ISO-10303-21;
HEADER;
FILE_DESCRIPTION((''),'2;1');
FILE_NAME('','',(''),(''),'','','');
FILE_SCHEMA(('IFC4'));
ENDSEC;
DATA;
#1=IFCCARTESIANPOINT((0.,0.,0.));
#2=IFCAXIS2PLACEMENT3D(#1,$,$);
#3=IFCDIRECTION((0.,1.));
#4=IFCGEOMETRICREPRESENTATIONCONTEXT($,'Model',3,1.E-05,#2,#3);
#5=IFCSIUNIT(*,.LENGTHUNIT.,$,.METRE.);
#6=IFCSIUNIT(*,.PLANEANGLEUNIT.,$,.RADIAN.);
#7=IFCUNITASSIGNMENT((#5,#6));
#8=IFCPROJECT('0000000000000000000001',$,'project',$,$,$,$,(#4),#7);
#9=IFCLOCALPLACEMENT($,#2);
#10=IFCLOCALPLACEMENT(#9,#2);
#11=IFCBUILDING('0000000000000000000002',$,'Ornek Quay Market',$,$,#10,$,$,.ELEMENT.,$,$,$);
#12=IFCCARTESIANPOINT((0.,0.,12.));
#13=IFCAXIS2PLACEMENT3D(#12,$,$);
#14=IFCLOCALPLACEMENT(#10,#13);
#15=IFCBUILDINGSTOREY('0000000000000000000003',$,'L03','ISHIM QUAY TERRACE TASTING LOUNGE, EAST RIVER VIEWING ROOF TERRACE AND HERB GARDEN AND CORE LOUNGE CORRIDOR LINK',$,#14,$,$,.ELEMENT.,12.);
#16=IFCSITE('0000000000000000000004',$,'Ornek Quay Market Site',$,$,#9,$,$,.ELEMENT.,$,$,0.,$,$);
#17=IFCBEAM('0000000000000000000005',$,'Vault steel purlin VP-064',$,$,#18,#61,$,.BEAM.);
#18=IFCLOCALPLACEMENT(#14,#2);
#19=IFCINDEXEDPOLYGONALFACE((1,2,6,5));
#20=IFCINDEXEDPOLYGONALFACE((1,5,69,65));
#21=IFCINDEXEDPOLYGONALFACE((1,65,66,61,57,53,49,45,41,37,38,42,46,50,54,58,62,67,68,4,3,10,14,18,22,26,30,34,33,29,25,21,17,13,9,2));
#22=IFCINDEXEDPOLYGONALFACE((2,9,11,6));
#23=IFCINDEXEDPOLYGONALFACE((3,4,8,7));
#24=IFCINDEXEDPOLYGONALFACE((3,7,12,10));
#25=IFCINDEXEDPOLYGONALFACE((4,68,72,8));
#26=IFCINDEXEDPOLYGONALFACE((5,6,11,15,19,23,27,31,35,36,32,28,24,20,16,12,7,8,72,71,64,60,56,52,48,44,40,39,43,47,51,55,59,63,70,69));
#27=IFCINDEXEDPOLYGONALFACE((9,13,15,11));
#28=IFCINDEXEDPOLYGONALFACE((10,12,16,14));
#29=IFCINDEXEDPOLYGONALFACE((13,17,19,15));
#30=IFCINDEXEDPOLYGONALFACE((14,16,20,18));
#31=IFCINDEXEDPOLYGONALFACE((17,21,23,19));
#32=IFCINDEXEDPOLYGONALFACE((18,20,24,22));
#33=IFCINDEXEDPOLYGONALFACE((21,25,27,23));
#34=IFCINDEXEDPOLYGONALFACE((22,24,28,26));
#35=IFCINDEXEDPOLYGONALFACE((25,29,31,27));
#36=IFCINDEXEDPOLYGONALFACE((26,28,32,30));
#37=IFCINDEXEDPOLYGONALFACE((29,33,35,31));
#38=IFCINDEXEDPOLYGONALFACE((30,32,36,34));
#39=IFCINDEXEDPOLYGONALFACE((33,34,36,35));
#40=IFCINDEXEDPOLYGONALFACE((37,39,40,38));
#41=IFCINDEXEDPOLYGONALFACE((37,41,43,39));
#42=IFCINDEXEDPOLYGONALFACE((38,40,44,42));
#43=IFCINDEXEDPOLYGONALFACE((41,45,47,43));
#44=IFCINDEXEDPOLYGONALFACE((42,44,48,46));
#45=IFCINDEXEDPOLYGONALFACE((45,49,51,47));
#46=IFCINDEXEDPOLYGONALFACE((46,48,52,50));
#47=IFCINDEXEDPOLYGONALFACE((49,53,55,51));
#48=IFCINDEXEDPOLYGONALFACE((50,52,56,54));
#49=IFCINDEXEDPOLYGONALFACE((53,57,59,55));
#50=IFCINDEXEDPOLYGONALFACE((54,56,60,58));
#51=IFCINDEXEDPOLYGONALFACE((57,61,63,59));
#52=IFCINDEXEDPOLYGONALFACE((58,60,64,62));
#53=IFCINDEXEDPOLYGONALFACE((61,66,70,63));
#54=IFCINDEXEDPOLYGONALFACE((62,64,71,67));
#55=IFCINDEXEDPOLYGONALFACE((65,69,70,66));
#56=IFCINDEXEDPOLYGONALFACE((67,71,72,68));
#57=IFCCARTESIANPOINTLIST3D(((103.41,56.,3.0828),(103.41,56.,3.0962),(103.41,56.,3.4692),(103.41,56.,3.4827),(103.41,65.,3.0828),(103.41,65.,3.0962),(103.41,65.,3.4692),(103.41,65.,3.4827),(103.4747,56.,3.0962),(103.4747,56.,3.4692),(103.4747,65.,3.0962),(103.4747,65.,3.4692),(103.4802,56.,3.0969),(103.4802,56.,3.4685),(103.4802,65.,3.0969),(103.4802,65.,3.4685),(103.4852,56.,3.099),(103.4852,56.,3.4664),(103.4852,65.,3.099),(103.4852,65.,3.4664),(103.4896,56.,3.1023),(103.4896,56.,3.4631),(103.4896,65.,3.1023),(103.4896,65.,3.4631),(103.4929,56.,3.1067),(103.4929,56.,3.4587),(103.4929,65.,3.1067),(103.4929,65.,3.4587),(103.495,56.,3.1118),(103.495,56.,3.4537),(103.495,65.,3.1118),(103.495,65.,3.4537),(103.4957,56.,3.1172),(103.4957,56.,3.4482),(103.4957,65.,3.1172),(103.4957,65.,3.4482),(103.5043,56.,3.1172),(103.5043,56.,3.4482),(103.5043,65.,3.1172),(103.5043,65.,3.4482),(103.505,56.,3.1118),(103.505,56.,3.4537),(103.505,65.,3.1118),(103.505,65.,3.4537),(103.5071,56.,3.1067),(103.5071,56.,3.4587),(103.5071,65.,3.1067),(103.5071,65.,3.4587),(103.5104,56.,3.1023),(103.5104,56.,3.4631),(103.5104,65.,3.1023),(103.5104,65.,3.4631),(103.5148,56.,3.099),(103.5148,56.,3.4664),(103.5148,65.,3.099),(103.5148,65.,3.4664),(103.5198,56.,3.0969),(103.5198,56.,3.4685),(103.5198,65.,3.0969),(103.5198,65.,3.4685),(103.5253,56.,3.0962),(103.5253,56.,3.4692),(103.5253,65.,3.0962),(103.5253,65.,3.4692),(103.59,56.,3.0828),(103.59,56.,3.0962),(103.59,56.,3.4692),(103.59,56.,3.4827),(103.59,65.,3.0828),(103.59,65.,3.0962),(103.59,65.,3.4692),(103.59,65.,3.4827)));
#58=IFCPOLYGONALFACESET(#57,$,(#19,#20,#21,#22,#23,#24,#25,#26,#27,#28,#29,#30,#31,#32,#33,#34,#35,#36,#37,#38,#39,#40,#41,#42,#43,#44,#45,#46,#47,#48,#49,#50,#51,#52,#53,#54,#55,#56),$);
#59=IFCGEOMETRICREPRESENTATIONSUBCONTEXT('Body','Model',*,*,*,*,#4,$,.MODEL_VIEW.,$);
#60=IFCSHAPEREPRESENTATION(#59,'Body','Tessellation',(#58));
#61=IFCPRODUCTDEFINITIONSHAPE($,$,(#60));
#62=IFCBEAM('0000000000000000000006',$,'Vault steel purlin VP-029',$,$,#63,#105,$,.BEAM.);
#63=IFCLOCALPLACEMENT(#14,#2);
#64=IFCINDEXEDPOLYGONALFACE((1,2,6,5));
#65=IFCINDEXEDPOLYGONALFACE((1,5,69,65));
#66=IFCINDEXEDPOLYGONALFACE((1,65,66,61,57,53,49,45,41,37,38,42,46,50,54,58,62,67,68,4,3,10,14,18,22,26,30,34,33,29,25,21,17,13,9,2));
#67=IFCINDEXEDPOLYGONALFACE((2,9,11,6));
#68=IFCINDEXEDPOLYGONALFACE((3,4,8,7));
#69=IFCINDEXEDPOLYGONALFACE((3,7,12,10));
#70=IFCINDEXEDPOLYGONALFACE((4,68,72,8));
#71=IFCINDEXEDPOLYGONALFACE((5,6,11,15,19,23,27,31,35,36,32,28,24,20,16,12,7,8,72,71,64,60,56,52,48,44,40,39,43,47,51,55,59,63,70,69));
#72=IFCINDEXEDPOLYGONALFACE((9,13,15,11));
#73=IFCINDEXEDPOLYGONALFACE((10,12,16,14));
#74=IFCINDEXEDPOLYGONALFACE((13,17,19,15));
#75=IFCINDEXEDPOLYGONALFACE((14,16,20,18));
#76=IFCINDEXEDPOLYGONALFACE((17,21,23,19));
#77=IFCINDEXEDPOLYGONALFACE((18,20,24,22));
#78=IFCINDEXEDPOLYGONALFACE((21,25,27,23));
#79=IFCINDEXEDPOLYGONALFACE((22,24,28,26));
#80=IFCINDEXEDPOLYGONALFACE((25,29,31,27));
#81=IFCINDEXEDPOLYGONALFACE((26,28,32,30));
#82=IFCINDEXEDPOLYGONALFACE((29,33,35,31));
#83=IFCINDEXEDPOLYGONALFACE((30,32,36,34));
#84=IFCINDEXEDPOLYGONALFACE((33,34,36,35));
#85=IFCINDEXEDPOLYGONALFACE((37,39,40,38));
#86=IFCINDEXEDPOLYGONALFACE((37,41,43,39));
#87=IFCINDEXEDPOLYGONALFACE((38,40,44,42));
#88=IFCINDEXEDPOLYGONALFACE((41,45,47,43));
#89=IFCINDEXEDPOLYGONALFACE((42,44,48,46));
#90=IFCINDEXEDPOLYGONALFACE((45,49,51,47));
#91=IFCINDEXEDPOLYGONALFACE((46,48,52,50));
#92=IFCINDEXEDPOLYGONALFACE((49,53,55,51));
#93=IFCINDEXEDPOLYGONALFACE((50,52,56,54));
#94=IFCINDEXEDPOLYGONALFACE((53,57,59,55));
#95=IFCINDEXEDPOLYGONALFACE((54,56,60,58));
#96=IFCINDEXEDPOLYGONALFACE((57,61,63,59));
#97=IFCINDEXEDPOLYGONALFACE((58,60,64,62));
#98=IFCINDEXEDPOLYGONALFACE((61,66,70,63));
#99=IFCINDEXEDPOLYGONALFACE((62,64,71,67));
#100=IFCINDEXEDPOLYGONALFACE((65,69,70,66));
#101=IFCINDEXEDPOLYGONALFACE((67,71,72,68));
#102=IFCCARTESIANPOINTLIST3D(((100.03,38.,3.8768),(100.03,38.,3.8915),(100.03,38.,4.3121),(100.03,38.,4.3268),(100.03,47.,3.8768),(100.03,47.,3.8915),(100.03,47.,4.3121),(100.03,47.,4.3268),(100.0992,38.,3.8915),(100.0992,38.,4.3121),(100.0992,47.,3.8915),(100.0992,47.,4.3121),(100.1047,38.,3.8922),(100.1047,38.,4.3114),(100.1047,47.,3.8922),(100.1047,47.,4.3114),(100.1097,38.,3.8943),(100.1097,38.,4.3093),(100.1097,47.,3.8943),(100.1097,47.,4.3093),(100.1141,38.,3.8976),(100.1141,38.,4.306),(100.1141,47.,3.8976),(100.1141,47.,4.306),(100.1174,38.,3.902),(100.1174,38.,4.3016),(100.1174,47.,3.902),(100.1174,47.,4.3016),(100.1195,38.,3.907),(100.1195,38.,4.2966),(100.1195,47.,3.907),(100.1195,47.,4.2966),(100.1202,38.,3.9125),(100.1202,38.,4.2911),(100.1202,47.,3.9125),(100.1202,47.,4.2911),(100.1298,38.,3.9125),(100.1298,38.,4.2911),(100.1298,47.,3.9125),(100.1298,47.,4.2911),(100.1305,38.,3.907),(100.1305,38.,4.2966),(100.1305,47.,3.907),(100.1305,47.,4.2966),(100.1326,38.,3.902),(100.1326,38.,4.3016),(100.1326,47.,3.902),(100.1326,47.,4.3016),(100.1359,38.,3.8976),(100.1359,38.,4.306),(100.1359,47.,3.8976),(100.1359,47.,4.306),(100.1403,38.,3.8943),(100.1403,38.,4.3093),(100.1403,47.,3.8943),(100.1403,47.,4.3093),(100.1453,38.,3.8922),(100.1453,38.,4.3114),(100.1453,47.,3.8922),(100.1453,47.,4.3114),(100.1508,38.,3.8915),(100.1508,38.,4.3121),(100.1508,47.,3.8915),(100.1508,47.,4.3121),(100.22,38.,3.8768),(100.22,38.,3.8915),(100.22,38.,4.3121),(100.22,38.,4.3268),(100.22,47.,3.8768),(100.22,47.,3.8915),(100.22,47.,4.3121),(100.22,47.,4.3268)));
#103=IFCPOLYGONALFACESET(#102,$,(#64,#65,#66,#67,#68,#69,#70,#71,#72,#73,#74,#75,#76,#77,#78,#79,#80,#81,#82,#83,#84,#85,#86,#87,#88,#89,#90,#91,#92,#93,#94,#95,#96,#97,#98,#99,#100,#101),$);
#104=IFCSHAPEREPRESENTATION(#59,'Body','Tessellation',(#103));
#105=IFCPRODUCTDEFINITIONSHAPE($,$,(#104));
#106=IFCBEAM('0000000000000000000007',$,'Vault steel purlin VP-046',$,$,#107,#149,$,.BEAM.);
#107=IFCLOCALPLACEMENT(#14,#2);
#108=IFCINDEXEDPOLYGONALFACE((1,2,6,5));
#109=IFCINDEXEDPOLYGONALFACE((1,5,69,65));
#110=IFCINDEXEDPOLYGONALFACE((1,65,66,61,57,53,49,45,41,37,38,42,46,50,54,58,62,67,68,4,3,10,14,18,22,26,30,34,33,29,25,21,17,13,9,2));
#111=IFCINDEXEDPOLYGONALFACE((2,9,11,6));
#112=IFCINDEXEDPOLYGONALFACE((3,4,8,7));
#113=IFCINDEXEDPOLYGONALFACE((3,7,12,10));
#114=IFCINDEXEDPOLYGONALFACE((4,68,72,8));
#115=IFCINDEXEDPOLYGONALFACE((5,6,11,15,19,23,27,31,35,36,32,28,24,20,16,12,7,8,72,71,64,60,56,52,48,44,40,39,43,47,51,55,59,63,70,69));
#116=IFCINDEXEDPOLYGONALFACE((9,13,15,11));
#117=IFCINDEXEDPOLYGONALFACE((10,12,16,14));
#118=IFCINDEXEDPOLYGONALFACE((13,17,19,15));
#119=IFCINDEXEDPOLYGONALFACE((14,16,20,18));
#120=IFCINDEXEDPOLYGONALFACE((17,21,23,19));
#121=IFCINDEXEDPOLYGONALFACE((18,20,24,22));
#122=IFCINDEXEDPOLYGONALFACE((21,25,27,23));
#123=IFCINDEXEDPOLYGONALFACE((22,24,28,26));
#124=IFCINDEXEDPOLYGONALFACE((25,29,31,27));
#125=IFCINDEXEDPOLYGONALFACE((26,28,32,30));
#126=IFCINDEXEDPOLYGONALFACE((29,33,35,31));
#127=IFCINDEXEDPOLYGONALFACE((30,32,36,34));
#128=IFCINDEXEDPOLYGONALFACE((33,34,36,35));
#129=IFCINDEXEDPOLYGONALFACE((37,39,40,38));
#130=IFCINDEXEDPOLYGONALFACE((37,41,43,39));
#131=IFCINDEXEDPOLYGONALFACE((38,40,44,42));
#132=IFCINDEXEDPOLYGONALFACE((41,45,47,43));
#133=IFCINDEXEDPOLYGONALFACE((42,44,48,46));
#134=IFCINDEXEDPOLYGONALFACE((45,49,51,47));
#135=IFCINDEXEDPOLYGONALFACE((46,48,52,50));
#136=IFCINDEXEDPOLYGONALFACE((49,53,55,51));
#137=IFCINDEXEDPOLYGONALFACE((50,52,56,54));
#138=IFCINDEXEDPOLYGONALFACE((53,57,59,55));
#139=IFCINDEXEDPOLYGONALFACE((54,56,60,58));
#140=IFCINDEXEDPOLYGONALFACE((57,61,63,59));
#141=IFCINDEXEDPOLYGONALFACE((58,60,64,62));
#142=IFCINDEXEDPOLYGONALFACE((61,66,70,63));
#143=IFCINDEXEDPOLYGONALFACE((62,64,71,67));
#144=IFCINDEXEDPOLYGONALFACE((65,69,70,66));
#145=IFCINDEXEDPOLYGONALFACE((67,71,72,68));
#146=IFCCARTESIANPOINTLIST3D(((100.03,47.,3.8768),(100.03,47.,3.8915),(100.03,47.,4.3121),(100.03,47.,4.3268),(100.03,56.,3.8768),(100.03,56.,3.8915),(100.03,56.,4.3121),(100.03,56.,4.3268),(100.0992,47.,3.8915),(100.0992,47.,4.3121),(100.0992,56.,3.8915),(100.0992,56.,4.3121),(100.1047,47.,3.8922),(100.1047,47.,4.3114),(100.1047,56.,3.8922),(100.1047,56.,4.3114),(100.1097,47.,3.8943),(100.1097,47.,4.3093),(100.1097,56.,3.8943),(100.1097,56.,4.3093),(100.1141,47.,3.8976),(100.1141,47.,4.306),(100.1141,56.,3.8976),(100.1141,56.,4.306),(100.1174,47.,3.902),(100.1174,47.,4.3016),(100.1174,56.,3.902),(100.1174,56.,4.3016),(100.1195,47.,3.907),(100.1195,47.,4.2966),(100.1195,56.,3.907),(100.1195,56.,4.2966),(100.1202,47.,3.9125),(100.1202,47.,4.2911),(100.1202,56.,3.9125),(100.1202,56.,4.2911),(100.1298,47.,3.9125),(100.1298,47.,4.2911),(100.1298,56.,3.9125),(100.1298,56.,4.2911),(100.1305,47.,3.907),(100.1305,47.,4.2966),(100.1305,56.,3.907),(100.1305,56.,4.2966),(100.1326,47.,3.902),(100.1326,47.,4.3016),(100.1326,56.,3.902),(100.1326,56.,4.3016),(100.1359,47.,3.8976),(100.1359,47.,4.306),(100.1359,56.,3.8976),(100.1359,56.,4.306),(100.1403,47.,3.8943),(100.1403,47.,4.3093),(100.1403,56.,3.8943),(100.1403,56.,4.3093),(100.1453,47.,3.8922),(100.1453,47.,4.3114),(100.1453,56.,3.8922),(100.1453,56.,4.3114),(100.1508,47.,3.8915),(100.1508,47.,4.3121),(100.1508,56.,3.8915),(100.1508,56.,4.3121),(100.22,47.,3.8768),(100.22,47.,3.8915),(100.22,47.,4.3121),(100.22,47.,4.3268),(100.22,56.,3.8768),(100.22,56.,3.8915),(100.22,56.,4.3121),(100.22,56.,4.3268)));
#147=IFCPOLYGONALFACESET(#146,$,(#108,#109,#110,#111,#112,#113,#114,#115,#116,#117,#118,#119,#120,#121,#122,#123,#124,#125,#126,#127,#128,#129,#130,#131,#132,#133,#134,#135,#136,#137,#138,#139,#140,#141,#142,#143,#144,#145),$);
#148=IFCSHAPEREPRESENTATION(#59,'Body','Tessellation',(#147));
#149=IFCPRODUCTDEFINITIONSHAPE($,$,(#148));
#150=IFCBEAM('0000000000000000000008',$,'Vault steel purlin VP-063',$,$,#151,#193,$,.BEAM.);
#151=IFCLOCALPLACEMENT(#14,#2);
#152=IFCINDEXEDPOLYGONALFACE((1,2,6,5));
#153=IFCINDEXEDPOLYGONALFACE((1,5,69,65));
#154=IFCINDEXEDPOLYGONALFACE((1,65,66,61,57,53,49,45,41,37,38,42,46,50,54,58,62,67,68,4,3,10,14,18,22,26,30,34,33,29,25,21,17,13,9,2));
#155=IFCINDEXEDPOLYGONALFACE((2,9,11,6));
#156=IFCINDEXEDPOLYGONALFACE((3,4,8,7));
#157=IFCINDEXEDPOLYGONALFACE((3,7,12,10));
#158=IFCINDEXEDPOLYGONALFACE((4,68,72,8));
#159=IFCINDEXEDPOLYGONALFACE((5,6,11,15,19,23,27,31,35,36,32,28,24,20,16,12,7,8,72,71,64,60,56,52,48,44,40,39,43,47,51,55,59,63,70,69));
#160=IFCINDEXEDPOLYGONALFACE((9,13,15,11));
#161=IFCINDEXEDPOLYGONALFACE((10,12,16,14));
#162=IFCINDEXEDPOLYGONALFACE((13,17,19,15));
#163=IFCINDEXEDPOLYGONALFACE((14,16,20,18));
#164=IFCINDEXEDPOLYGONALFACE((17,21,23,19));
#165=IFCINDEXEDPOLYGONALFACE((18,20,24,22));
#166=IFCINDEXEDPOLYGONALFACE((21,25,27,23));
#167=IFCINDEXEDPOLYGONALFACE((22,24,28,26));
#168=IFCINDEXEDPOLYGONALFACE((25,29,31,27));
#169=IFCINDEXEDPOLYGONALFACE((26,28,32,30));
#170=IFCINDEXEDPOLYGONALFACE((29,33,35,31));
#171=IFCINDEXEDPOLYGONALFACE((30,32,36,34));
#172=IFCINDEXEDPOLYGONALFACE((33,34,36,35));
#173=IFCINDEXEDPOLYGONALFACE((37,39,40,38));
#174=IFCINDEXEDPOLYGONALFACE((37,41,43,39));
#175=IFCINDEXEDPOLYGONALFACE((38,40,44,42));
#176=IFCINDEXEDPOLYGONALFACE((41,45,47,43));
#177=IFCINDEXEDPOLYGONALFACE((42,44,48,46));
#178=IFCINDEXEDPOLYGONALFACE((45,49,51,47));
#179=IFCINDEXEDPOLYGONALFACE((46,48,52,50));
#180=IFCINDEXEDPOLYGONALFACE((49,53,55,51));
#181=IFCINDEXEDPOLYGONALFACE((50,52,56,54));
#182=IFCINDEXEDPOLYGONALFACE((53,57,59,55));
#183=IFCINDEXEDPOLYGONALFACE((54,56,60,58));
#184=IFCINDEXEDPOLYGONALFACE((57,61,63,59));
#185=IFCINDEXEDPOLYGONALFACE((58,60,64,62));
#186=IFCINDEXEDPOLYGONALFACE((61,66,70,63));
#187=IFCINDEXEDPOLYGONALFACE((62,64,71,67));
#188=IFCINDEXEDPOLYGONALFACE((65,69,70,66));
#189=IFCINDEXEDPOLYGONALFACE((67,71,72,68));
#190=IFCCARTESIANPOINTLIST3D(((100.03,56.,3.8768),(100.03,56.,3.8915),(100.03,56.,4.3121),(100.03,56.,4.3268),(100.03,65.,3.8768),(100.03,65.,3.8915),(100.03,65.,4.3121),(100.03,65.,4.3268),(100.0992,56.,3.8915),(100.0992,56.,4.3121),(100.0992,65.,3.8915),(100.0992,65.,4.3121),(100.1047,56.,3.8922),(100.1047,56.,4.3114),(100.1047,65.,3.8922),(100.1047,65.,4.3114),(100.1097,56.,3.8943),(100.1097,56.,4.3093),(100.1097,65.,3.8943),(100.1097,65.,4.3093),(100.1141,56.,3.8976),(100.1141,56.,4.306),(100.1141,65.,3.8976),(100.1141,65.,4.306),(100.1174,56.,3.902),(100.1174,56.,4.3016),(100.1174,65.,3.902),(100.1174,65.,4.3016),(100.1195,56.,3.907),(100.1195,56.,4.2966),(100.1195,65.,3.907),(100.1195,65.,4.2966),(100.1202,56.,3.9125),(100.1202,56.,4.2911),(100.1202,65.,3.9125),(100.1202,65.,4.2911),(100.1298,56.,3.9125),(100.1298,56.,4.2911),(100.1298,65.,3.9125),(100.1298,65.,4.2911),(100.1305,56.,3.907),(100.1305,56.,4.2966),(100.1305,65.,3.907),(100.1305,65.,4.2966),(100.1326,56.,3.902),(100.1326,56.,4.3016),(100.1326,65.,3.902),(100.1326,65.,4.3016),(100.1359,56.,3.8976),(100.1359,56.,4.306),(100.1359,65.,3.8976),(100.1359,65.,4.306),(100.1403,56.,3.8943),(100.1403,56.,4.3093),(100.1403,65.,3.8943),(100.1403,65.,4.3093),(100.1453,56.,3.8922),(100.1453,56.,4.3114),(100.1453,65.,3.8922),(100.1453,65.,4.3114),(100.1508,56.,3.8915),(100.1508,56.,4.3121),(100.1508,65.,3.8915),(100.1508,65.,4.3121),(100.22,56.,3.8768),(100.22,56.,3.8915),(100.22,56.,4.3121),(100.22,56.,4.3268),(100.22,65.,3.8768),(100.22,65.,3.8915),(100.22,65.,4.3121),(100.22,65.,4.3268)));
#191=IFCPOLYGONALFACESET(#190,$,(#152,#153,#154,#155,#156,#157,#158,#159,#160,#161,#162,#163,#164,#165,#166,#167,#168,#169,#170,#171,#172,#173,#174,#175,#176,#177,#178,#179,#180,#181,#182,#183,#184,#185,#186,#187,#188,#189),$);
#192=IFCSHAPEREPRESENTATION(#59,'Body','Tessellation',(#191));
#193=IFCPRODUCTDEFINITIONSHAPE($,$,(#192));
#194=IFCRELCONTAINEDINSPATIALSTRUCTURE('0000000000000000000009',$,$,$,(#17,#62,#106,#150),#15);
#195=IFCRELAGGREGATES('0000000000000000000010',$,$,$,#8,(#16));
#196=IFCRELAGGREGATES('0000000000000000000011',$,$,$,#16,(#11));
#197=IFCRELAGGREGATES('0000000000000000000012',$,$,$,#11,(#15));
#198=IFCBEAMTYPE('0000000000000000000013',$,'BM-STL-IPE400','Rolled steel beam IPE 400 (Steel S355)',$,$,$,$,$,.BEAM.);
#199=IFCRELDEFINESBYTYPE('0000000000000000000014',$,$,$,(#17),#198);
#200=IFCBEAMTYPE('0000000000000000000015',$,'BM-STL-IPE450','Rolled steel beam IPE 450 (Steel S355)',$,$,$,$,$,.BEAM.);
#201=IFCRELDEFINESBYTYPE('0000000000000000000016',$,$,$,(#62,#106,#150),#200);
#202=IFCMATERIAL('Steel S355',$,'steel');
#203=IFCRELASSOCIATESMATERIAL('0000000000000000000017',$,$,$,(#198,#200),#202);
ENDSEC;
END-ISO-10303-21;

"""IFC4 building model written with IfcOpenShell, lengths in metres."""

from ifc_helpers import new_model, si_unit, direction, frame, origin, origin_2d, place, context, subcontext, project, spatial, i_section, extrude, material, material_profile, profile_set, type_object, element, save


model = new_model("IFC4")

# Units and contexts
model_context = context("Model", 3, precision=1e-05, world=origin(), true_north=direction((0.0, 1.0)))
body_context = subcontext(model_context, "Body", "Model", "MODEL_VIEW")
ifc_project = project(units=[si_unit("LENGTHUNIT", "METRE"), si_unit("PLANEANGLEUNIT", "RADIAN")], contexts=[model_context])

# Site, building, storey
site_placement = place(None, origin())
site = spatial("IfcSite", under=ifc_project, at=site_placement, Name="Ornek Quay Market Site", CompositionType="ELEMENT", RefElevation=0.0)
building_placement = place(site_placement, origin())
building = spatial("IfcBuilding", under=site, at=building_placement, Name="Ornek Quay Market", CompositionType="ELEMENT")
storey_placement = place(building_placement, frame((0.0, 0.0, 12.0)))
storey = spatial("IfcBuildingStorey", under=building, at=storey_placement, Name="L03", Description="ISHIM QUAY TERRACE TASTING LOUNGE, EAST RIVER VIEWING ROOF TERRACE AND HERB GARDEN AND CORE LOUNGE CORRIDOR LINK", CompositionType="ELEMENT", Elevation=12.0)

# Beams
ifc_material_1 = material(Name="Steel S355", Category="steel")
ifc_material_profile_1 = material_profile(ifc_material_1, i_section(OverallWidth=0.1799, OverallDepth=0.3999, WebThickness=0.0085, FlangeThickness=0.0134, FilletRadius=0.021, at=origin_2d()), Name="IPE 400", Category="steel")
ifc_profile_set_1 = profile_set([ifc_material_profile_1], Name="Steel S355")
beam_type_1 = type_object("IfcBeamType", Name="BM-STL-IPE400", Description="Rolled steel beam IPE 400 (Steel S355)", PredefinedType="BEAM", material=ifc_profile_set_1)
for number, where, z_axis, x_axis, name in (
    (1, (103.5, 56.0, 3.2827), (0.0, 1.0, 0.0), (-1.0, 0.0, 0.0), "Vault steel purlin VP-064"),
):
    element("IfcBeam", number, at=place(storey_placement, frame(where, z_axis=z_axis, x_axis=x_axis)), inside=storey, type_object=beam_type_1, Name=name, PredefinedType="BEAM", context=body_context, shape_type="SweptSolid", body=[
        extrude(i_section(OverallWidth=0.1799, OverallDepth=0.3999, WebThickness=0.0085, FlangeThickness=0.0134, FilletRadius=0.021, at=origin_2d()), origin(), (0.0, 0.0, 1.0), 9.0),
    ])
ifc_material_profile_2 = material_profile(ifc_material_1, i_section(OverallWidth=0.1899, OverallDepth=0.45, WebThickness=0.0095, FlangeThickness=0.0146, FilletRadius=0.021, at=origin_2d()), Name="IPE 450", Category="steel")
ifc_profile_set_2 = profile_set([ifc_material_profile_2], Name="Steel S355")
beam_type_2 = type_object("IfcBeamType", Name="BM-STL-IPE450", Description="Rolled steel beam IPE 450 (Steel S355)", PredefinedType="BEAM", material=ifc_profile_set_2)
for number, where, z_axis, x_axis, name in (
    (2, (100.125, 38.0, 4.1018), (0.0, 1.0, 0.0), (-1.0, 0.0, 0.0), "Vault steel purlin VP-029"),
    (3, (100.125, 47.0, 4.1018), (0.0, 1.0, 0.0), (-1.0, 0.0, 0.0), "Vault steel purlin VP-046"),
    (4, (100.125, 56.0, 4.1018), (0.0, 1.0, 0.0), (-1.0, 0.0, 0.0), "Vault steel purlin VP-063"),
):
    element("IfcBeam", number, at=place(storey_placement, frame(where, z_axis=z_axis, x_axis=x_axis)), inside=storey, type_object=beam_type_2, Name=name, PredefinedType="BEAM", context=body_context, shape_type="SweptSolid", body=[
        extrude(i_section(OverallWidth=0.1899, OverallDepth=0.45, WebThickness=0.0095, FlangeThickness=0.0146, FilletRadius=0.021, at=origin_2d()), origin(), (0.0, 0.0, 1.0), 9.0),
    ])

save(model, "model.ifc")
